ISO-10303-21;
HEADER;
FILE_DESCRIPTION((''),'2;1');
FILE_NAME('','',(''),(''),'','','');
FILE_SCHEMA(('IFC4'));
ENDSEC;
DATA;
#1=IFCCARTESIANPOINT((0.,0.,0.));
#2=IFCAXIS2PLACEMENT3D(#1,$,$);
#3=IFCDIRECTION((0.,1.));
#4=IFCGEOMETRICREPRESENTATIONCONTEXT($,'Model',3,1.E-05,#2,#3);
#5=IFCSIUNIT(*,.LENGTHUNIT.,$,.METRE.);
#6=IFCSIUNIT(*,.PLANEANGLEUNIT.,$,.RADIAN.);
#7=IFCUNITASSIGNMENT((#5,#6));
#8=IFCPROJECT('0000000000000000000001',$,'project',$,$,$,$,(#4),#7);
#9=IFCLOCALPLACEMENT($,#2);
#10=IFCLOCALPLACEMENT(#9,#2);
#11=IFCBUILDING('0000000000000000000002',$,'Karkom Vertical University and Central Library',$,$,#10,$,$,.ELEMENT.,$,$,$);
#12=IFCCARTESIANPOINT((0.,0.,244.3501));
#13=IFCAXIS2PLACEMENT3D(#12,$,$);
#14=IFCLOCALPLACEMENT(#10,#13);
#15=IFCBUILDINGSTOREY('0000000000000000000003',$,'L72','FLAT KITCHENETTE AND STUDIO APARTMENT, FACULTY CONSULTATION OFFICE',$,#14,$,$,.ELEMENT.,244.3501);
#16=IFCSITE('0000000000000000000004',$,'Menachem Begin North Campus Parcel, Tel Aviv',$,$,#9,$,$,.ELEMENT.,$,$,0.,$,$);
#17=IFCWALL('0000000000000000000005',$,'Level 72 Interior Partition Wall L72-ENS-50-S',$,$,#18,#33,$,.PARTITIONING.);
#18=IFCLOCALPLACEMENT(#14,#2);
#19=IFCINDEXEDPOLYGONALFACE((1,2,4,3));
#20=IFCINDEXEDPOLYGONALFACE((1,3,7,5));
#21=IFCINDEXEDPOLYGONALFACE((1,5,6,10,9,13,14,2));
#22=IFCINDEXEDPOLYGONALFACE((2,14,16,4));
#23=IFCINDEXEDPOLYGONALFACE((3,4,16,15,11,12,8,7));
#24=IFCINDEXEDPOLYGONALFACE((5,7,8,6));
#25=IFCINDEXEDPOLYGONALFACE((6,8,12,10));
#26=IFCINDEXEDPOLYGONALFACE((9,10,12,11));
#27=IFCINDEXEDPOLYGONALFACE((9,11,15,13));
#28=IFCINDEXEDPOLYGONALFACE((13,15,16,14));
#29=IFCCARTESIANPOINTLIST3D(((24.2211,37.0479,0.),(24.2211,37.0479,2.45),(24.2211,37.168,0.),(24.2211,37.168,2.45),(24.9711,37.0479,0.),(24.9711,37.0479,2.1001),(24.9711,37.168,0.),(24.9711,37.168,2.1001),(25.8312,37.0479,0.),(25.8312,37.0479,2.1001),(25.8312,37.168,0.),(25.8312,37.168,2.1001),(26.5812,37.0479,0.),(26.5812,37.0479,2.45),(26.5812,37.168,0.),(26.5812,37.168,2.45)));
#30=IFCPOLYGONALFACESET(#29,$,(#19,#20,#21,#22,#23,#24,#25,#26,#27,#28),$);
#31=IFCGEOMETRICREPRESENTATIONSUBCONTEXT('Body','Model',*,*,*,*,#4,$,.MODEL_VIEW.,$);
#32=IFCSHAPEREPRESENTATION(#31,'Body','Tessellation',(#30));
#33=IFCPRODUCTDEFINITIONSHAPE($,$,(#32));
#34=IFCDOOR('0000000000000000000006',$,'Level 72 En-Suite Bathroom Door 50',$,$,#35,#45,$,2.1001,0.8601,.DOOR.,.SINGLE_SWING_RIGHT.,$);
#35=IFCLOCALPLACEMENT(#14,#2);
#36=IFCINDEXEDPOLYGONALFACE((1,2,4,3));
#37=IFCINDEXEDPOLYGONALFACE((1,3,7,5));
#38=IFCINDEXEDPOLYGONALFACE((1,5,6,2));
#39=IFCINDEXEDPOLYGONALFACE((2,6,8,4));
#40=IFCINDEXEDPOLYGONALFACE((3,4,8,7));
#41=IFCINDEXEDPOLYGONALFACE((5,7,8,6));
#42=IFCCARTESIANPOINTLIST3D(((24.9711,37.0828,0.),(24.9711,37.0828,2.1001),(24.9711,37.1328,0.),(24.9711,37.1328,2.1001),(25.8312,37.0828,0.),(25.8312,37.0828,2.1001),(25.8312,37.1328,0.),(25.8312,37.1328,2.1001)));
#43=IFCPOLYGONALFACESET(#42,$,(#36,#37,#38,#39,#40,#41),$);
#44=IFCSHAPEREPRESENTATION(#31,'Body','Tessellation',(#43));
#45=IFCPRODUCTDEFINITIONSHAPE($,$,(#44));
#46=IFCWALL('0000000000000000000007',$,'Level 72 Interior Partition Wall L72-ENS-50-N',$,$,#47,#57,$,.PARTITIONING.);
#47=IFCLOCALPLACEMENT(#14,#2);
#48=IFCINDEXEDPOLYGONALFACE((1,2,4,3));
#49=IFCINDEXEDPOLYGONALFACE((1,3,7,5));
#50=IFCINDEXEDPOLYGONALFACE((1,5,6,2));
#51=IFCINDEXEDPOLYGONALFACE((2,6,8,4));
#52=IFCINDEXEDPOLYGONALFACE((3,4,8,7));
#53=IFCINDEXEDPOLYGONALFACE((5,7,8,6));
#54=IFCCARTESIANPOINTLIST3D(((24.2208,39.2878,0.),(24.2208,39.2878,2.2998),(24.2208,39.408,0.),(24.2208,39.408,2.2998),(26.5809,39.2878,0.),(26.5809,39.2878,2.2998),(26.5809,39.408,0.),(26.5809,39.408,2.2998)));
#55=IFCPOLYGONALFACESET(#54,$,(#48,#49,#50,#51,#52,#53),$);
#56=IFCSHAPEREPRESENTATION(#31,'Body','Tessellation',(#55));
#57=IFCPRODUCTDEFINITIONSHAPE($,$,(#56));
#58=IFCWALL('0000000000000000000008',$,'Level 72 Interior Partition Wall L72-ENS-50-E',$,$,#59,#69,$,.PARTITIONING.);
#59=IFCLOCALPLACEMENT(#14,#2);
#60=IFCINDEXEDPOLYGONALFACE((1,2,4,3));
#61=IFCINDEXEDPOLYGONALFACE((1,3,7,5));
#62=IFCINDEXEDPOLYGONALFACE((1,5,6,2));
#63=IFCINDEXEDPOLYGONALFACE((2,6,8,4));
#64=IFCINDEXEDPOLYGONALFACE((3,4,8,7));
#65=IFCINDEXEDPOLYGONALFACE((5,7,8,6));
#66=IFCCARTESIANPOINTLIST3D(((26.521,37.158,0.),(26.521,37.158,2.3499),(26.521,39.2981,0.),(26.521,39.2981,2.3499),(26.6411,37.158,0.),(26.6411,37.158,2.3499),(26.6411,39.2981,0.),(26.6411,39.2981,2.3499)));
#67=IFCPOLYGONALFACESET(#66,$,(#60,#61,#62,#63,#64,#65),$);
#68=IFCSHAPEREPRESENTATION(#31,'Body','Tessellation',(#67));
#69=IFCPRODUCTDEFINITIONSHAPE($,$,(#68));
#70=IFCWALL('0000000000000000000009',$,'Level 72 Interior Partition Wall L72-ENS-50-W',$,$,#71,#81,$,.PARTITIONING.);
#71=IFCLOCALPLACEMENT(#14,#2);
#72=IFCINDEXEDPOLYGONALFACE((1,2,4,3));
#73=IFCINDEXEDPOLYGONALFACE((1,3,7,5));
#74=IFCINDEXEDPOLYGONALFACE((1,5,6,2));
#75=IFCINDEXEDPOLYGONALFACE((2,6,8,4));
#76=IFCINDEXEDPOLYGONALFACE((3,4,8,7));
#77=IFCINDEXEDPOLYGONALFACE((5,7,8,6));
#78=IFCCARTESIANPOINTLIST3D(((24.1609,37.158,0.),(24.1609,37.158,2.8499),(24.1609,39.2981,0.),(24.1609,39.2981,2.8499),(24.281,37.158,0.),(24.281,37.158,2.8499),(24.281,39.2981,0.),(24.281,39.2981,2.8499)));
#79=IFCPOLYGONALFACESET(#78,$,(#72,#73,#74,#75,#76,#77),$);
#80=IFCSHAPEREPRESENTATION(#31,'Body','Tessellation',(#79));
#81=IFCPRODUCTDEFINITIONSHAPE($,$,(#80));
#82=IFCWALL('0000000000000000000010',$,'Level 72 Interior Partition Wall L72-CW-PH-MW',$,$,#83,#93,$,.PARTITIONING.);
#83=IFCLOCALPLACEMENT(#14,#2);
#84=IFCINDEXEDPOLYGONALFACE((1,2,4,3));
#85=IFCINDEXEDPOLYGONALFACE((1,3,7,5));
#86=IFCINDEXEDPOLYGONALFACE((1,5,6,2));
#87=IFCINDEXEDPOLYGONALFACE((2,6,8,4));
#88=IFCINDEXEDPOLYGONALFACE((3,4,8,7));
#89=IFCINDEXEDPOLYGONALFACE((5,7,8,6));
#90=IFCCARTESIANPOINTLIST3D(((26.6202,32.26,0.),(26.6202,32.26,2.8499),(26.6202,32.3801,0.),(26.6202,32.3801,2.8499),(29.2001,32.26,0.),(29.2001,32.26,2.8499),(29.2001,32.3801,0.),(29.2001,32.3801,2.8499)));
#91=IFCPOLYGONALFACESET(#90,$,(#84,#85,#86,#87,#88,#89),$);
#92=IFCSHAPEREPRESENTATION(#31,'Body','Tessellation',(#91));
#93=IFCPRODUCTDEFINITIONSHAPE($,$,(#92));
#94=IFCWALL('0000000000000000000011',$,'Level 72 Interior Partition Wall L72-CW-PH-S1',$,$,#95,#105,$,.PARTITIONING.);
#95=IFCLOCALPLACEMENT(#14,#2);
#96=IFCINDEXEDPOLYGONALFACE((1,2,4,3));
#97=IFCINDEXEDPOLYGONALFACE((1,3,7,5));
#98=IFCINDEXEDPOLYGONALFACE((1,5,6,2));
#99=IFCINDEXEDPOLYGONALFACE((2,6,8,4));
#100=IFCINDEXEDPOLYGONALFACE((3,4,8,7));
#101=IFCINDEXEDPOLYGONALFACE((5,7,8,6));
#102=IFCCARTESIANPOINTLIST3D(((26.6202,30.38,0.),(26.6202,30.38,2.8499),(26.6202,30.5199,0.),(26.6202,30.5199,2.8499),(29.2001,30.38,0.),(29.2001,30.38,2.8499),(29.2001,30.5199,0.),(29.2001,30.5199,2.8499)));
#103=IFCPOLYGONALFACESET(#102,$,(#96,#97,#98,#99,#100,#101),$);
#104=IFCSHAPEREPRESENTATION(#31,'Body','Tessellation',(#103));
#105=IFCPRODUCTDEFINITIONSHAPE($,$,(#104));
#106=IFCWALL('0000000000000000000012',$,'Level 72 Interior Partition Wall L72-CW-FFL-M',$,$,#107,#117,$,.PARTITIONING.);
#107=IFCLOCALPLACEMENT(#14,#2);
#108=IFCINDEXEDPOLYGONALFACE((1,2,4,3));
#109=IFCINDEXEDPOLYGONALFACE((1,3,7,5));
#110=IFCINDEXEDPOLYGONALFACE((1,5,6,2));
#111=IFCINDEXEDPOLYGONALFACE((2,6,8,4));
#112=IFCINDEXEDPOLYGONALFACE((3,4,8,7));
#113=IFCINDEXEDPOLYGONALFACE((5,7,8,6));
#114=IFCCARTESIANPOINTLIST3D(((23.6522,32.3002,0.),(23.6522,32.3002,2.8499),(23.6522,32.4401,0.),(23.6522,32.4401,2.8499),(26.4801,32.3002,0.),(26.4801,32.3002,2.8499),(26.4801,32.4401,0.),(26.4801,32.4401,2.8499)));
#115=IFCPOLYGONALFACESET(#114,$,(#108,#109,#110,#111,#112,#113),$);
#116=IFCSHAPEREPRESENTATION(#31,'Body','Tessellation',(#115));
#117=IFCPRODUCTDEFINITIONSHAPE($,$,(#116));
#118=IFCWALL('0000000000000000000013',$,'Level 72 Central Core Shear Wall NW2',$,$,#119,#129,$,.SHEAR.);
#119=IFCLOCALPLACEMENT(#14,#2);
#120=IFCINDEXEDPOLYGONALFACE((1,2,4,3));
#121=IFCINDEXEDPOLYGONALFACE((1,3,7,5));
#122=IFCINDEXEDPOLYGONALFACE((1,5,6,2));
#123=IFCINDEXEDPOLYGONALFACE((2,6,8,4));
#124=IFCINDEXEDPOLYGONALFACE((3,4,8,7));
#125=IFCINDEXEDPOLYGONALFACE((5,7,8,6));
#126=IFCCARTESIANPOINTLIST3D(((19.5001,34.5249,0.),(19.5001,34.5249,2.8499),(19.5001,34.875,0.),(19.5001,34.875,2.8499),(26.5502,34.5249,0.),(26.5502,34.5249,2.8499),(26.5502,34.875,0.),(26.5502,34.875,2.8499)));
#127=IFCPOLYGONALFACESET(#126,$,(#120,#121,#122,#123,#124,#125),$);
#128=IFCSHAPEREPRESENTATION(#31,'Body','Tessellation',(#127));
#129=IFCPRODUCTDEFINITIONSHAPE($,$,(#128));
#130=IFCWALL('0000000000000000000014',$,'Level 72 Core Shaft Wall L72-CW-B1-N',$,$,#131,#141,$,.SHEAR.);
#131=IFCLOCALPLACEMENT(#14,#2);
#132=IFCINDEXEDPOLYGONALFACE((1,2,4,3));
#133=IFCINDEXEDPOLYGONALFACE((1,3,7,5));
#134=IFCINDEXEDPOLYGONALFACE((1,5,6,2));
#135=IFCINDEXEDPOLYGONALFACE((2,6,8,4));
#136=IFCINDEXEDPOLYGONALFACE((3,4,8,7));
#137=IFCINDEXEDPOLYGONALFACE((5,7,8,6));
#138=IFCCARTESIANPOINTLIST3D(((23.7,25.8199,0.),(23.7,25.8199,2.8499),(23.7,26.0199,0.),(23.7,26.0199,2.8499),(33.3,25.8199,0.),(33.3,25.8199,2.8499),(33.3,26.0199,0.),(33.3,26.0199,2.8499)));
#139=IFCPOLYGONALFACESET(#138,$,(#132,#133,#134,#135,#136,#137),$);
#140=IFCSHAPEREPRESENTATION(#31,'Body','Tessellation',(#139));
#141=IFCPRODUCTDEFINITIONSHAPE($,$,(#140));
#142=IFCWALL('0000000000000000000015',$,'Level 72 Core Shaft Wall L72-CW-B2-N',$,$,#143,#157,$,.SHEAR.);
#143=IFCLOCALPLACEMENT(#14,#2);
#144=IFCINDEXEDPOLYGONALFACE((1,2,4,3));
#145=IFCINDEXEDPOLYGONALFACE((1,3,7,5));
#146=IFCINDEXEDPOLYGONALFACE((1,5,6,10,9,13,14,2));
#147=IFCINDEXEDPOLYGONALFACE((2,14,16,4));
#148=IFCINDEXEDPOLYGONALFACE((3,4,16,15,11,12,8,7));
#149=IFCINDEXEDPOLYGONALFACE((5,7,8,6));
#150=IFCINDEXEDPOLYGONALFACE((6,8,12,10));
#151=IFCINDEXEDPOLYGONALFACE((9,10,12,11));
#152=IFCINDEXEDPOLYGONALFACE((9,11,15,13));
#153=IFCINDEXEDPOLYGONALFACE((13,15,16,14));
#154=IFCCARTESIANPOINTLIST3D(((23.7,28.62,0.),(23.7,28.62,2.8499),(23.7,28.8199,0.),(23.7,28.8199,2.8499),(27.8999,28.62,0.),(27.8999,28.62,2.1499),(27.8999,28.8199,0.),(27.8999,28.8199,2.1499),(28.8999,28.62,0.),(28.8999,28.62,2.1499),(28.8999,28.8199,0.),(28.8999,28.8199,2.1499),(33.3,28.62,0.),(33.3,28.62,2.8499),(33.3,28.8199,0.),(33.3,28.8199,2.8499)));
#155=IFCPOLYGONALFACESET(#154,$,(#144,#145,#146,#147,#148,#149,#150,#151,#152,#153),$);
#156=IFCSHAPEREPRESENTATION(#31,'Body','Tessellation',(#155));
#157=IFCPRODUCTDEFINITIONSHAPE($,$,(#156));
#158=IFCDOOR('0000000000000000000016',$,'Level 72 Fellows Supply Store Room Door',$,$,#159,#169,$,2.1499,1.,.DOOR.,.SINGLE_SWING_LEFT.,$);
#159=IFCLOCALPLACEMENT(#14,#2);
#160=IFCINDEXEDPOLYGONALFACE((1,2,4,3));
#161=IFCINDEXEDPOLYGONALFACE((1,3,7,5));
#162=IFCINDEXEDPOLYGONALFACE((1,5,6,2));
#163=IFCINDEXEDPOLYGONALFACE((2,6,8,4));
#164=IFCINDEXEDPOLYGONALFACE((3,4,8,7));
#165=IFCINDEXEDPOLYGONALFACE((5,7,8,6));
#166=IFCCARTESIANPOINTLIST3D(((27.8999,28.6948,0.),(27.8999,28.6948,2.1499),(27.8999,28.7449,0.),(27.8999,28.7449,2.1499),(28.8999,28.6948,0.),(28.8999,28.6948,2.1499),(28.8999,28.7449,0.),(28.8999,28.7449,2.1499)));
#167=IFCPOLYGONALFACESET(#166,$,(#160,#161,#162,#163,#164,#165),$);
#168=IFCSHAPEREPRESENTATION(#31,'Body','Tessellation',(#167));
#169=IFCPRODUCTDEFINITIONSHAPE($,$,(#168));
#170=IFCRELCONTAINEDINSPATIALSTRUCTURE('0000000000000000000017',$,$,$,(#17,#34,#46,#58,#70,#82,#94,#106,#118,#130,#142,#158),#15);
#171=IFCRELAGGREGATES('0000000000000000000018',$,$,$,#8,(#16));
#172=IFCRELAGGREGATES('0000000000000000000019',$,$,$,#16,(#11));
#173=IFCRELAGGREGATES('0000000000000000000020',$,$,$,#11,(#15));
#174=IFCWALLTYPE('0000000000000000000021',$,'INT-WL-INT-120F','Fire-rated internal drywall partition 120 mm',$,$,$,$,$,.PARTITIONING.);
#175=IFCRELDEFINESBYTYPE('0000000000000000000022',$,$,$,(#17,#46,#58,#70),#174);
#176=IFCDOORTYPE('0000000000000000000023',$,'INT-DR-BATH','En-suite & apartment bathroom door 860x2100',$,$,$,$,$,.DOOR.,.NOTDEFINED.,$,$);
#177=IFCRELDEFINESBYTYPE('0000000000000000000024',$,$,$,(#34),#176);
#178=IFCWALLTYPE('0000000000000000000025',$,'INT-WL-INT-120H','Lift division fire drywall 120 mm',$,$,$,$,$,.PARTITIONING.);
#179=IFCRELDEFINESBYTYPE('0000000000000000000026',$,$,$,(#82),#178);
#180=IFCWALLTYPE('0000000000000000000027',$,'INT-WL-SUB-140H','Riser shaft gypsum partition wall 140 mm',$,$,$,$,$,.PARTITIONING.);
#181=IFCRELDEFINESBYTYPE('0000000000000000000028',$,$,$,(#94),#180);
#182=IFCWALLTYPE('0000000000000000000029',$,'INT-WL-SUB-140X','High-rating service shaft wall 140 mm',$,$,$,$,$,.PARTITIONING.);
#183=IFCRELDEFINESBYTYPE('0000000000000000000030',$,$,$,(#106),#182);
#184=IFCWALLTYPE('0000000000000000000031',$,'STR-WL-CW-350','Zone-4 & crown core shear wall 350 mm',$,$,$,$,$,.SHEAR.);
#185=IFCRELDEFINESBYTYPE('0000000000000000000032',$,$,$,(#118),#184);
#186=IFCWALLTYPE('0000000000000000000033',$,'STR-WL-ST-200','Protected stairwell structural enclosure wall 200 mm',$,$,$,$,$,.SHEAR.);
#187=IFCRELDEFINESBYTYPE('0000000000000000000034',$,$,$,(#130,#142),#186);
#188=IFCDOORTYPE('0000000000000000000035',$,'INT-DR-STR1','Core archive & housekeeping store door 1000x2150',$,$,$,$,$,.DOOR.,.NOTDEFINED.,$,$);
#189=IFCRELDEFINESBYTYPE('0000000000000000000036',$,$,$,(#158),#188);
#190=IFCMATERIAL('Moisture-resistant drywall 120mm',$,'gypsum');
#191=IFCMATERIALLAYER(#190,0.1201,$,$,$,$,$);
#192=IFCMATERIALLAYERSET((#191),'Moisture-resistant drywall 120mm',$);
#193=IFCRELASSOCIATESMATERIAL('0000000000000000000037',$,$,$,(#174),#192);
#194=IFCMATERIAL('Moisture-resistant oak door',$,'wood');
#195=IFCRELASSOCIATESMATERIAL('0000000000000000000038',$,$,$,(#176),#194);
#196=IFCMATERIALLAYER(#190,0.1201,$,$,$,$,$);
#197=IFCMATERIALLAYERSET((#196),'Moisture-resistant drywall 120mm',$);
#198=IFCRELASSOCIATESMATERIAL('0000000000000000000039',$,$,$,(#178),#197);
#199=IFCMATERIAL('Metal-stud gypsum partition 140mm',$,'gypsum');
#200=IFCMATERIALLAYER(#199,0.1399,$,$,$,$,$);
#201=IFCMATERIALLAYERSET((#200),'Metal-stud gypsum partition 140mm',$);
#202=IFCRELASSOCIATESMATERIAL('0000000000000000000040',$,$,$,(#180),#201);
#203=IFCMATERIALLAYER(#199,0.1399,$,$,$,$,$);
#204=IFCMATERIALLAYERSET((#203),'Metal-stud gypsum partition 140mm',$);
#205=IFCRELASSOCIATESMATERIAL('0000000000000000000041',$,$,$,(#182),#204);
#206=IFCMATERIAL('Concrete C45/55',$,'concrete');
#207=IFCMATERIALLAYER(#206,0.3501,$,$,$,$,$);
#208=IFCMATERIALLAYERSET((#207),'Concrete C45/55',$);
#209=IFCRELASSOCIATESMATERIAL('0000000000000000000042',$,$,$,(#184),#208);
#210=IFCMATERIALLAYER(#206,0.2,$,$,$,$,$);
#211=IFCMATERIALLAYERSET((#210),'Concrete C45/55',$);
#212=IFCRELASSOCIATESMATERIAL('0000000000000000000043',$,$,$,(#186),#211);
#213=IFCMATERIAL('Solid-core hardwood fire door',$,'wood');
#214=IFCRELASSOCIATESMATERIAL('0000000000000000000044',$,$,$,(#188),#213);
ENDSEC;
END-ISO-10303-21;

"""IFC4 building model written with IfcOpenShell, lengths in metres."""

from ifc_helpers import new_model, si_unit, direction, frame, frame_2d, origin, origin_with_axes, place, context, subcontext, project, spatial, rectangle, extrude, source, transform, mapped, material, layer, layer_set, type_object, element, fill, save


model = new_model("IFC4")

# Units and contexts
model_context = context("Model", 3, precision=1e-05, world=origin(), true_north=direction((0.0, 1.0)))
body_context = subcontext(model_context, "Body", "Model", "MODEL_VIEW")
ifc_project = project(units=[si_unit("LENGTHUNIT", "METRE"), si_unit("PLANEANGLEUNIT", "RADIAN")], contexts=[model_context])

# Site, building, storey
site_placement = place(None, origin())
site = spatial("IfcSite", under=ifc_project, at=site_placement, Name="Menachem Begin North Campus Parcel, Tel Aviv", CompositionType="ELEMENT", RefElevation=0.0)
building_placement = place(site_placement, origin())
building = spatial("IfcBuilding", under=site, at=building_placement, Name="Karkom Vertical University and Central Library", CompositionType="ELEMENT")
storey_placement = place(building_placement, frame((0.0, 0.0, 244.3501)))
storey = spatial("IfcBuildingStorey", under=building, at=storey_placement, Name="L72", Description="FLAT KITCHENETTE AND STUDIO APARTMENT, FACULTY CONSULTATION OFFICE", CompositionType="ELEMENT", Elevation=244.3501)

# Shared definitions
ifc_material_1 = material(Name="Concrete C45/55", Category="concrete")

# Wall, opening, door
ifc_material_2 = material(Name="Moisture-resistant drywall 120mm", Category="gypsum")
ifc_layer_1 = layer(ifc_material_2, 0.1201)
ifc_layer_set_1 = layer_set([ifc_layer_1], Name="Moisture-resistant drywall 120mm")
wall_type_1 = type_object("IfcWallType", Name="INT-WL-INT-120F", Description="Fire-rated internal drywall partition 120 mm", PredefinedType="PARTITIONING", material=ifc_layer_set_1)
wall_1_placement = place(storey_placement, frame((24.2209, 37.1079, 0.0), z_axis=(0.0, 0.0, 1.0), x_axis=(1.0, 0.0, 0.0)))
wall_1 = element("IfcWall", 1, at=wall_1_placement, inside=storey, type_object=wall_type_1, Name="Level 72 Interior Partition Wall L72-ENS-50-S", PredefinedType="PARTITIONING", context=body_context, shape_type="SweptSolid", body=[
    extrude(rectangle(XDim=2.3601, YDim=0.1201, at=frame_2d((1.1802, 0.0))), origin(), (0.0, 0.0, 1.0), 2.45),
])
opening_1_placement = place(wall_1_placement, frame((0.75, 0.0, 0.0)))
opening_1 = element("IfcOpeningElement", 2, at=opening_1_placement, cuts=wall_1, PredefinedType="OPENING", context=body_context, shape_type="SweptSolid", body=[
    extrude(rectangle(XDim=0.8601, YDim=2.1001, at=frame_2d((0.4302, 1.05))), frame((0.0, 0.0701, 0.0), z_axis=(0.0, -1.0, 0.0), x_axis=(1.0, 0.0, 0.0)), (0.0, 0.0, 1.0), 0.1401),
])
ifc_material_3 = material(Name="Moisture-resistant oak door", Category="wood")
door_type_1 = type_object("IfcDoorType", Name="INT-DR-BATH", Description="En-suite & apartment bathroom door 860x2100", OperationType="NOTDEFINED", PredefinedType="DOOR", material=ifc_material_3)
shared_shape_1 = source(origin_with_axes(), body_context, "Body", "SweptSolid", [
    extrude(rectangle(XDim=0.8601, YDim=2.1001, at=frame_2d((0.4302, 1.05))), frame((0.0, 0.0249, 0.0), z_axis=(0.0, -1.0, 0.0), x_axis=(1.0, 0.0, 0.0)), (0.0, 0.0, 1.0), 0.05),
])
door_1_placement = place(opening_1_placement, origin())
door_1 = element("IfcDoor", 3, at=door_1_placement, inside=storey, type_object=door_type_1, Name="Level 72 En-Suite Bathroom Door 50", OperationType="SINGLE_SWING_RIGHT", OverallHeight=2.1001, OverallWidth=0.8601, PredefinedType="DOOR", context=body_context, shape_type="MappedRepresentation", body=[
    mapped(shared_shape_1, transform((0.0, 0.0, 0.0), scale=1.0)),
])
fill(opening_1, door_1)

# Walls
wall_2_placement = place(storey_placement, frame((26.5811, 39.3479, 0.0), z_axis=(0.0, 0.0, 1.0), x_axis=(-1.0, 0.0, 0.0)))
element("IfcWall", 4, at=wall_2_placement, inside=storey, type_object=wall_type_1, Name="Level 72 Interior Partition Wall L72-ENS-50-N", PredefinedType="PARTITIONING", context=body_context, shape_type="SweptSolid", body=[
    extrude(rectangle(XDim=2.3601, YDim=0.1201, at=frame_2d((1.1802, 0.0))), origin(), (0.0, 0.0, 1.0), 2.2998),
])
wall_3_placement = place(storey_placement, frame((26.5811, 37.158, 0.0), z_axis=(0.0, 0.0, 1.0), x_axis=(0.0, 1.0, 0.0)))
element("IfcWall", 5, at=wall_3_placement, inside=storey, type_object=wall_type_1, Name="Level 72 Interior Partition Wall L72-ENS-50-E", PredefinedType="PARTITIONING", context=body_context, shape_type="SweptSolid", body=[
    extrude(rectangle(XDim=2.1401, YDim=0.1201, at=frame_2d((1.0701, 0.0))), origin(), (0.0, 0.0, 1.0), 2.3499),
])
wall_4_placement = place(storey_placement, frame((24.2209, 39.2981, 0.0), z_axis=(0.0, 0.0, 1.0), x_axis=(0.0, -1.0, 0.0)))
element("IfcWall", 6, at=wall_4_placement, inside=storey, type_object=wall_type_1, Name="Level 72 Interior Partition Wall L72-ENS-50-W", PredefinedType="PARTITIONING", context=body_context, shape_type="SweptSolid", body=[
    extrude(rectangle(XDim=2.1401, YDim=0.1201, at=frame_2d((1.0701, 0.0))), origin(), (0.0, 0.0, 1.0), 2.8499),
])
ifc_layer_2 = layer(ifc_material_2, 0.1201)
ifc_layer_set_2 = layer_set([ifc_layer_2], Name="Moisture-resistant drywall 120mm")
wall_type_2 = type_object("IfcWallType", Name="INT-WL-INT-120H", Description="Lift division fire drywall 120 mm", PredefinedType="PARTITIONING", material=ifc_layer_set_2)
wall_5_placement = place(storey_placement, frame((26.6201, 32.3201, 0.0), z_axis=(0.0, 0.0, 1.0), x_axis=(1.0, 0.0, 0.0)))
element("IfcWall", 7, at=wall_5_placement, inside=storey, type_object=wall_type_2, Name="Level 72 Interior Partition Wall L72-CW-PH-MW", PredefinedType="PARTITIONING", context=body_context, shape_type="SweptSolid", body=[
    extrude(rectangle(XDim=2.5798, YDim=0.1201, at=frame_2d((1.29, 0.0))), origin(), (0.0, 0.0, 1.0), 2.8499),
])
ifc_material_4 = material(Name="Metal-stud gypsum partition 140mm", Category="gypsum")
ifc_layer_3 = layer(ifc_material_4, 0.1399)
ifc_layer_set_3 = layer_set([ifc_layer_3], Name="Metal-stud gypsum partition 140mm")
wall_type_3 = type_object("IfcWallType", Name="INT-WL-SUB-140H", Description="Riser shaft gypsum partition wall 140 mm", PredefinedType="PARTITIONING", material=ifc_layer_set_3)
wall_6_placement = place(storey_placement, frame((26.6201, 30.45, 0.0), z_axis=(0.0, 0.0, 1.0), x_axis=(1.0, 0.0, 0.0)))
element("IfcWall", 8, at=wall_6_placement, inside=storey, type_object=wall_type_3, Name="Level 72 Interior Partition Wall L72-CW-PH-S1", PredefinedType="PARTITIONING", context=body_context, shape_type="SweptSolid", body=[
    extrude(rectangle(XDim=2.5798, YDim=0.1399, at=frame_2d((1.29, 0.0))), origin(), (0.0, 0.0, 1.0), 2.8499),
])
ifc_layer_4 = layer(ifc_material_4, 0.1399)
ifc_layer_set_4 = layer_set([ifc_layer_4], Name="Metal-stud gypsum partition 140mm")
wall_type_4 = type_object("IfcWallType", Name="INT-WL-SUB-140X", Description="High-rating service shaft wall 140 mm", PredefinedType="PARTITIONING", material=ifc_layer_set_4)
wall_7_placement = place(storey_placement, frame((23.6521, 32.3701, 0.0), z_axis=(0.0, 0.0, 1.0), x_axis=(1.0, 0.0, 0.0)))
element("IfcWall", 9, at=wall_7_placement, inside=storey, type_object=wall_type_4, Name="Level 72 Interior Partition Wall L72-CW-FFL-M", PredefinedType="PARTITIONING", context=body_context, shape_type="SweptSolid", body=[
    extrude(rectangle(XDim=2.8279, YDim=0.1399, at=frame_2d((1.4141, 0.0))), origin(), (0.0, 0.0, 1.0), 2.8499),
])
ifc_layer_5 = layer(ifc_material_1, 0.3501)
ifc_layer_set_5 = layer_set([ifc_layer_5], Name="Concrete C45/55")
wall_type_5 = type_object("IfcWallType", Name="STR-WL-CW-350", Description="Zone-4 & crown core shear wall 350 mm", PredefinedType="SHEAR", material=ifc_layer_set_5)
wall_8_placement = place(storey_placement, frame((26.55, 34.7, 0.0), z_axis=(0.0, 0.0, 1.0), x_axis=(-1.0, 0.0, 0.0)))
element("IfcWall", 10, at=wall_8_placement, inside=storey, type_object=wall_type_5, Name="Level 72 Central Core Shear Wall NW2", PredefinedType="SHEAR", context=body_context, shape_type="SweptSolid", body=[
    extrude(rectangle(XDim=7.05, YDim=0.3501, at=frame_2d((3.5249, 0.0))), origin(), (0.0, 0.0, 1.0), 2.8499),
])
ifc_layer_6 = layer(ifc_material_1, 0.2)
ifc_layer_set_6 = layer_set([ifc_layer_6], Name="Concrete C45/55")
wall_type_6 = type_object("IfcWallType", Name="STR-WL-ST-200", Description="Protected stairwell structural enclosure wall 200 mm", PredefinedType="SHEAR", material=ifc_layer_set_6)
wall_9_placement = place(storey_placement, frame((23.7, 25.9199, 0.0), z_axis=(0.0, 0.0, 1.0), x_axis=(1.0, 0.0, 0.0)))
element("IfcWall", 11, at=wall_9_placement, inside=storey, type_object=wall_type_6, Name="Level 72 Core Shaft Wall L72-CW-B1-N", PredefinedType="SHEAR", context=body_context, shape_type="SweptSolid", body=[
    extrude(rectangle(XDim=9.6001, YDim=0.2, at=frame_2d((4.8, 0.0))), origin(), (0.0, 0.0, 1.0), 2.8499),
])

# Wall, opening, door
wall_10_placement = place(storey_placement, frame((23.7, 28.72, 0.0), z_axis=(0.0, 0.0, 1.0), x_axis=(1.0, 0.0, 0.0)))
wall_10 = element("IfcWall", 12, at=wall_10_placement, inside=storey, type_object=wall_type_6, Name="Level 72 Core Shaft Wall L72-CW-B2-N", PredefinedType="SHEAR", context=body_context, shape_type="SweptSolid", body=[
    extrude(rectangle(XDim=9.6001, YDim=0.2, at=frame_2d((4.8, 0.0))), origin(), (0.0, 0.0, 1.0), 2.8499),
])
opening_2_placement = place(wall_10_placement, frame((4.2, 0.0, 0.0)))
opening_2 = element("IfcOpeningElement", 13, at=opening_2_placement, cuts=wall_10, PredefinedType="OPENING", context=body_context, shape_type="SweptSolid", body=[
    extrude(rectangle(XDim=1.0, YDim=2.1499, at=frame_2d((0.5, 1.075))), frame((0.0, 0.1099, 0.0), z_axis=(0.0, -1.0, 0.0), x_axis=(1.0, 0.0, 0.0)), (0.0, 0.0, 1.0), 0.22),
])
ifc_material_5 = material(Name="Solid-core hardwood fire door", Category="wood")
door_type_2 = type_object("IfcDoorType", Name="INT-DR-STR1", Description="Core archive & housekeeping store door 1000x2150", OperationType="NOTDEFINED", PredefinedType="DOOR", material=ifc_material_5)
shared_shape_2 = source(origin_with_axes(), body_context, "Body", "SweptSolid", [
    extrude(rectangle(XDim=1.0, YDim=2.1499, at=frame_2d((0.5, 1.075))), frame((0.0, 0.0249, 0.0), z_axis=(0.0, -1.0, 0.0), x_axis=(1.0, 0.0, 0.0)), (0.0, 0.0, 1.0), 0.05),
])
door_2_placement = place(opening_2_placement, origin())
door_2 = element("IfcDoor", 14, at=door_2_placement, inside=storey, type_object=door_type_2, Name="Level 72 Fellows Supply Store Room Door", OperationType="SINGLE_SWING_LEFT", OverallHeight=2.1499, OverallWidth=1.0, PredefinedType="DOOR", context=body_context, shape_type="MappedRepresentation", body=[
    mapped(shared_shape_2, transform((0.0, 0.0, 0.0), scale=1.0)),
])
fill(opening_2, door_2)

save(model, "model.ifc")
